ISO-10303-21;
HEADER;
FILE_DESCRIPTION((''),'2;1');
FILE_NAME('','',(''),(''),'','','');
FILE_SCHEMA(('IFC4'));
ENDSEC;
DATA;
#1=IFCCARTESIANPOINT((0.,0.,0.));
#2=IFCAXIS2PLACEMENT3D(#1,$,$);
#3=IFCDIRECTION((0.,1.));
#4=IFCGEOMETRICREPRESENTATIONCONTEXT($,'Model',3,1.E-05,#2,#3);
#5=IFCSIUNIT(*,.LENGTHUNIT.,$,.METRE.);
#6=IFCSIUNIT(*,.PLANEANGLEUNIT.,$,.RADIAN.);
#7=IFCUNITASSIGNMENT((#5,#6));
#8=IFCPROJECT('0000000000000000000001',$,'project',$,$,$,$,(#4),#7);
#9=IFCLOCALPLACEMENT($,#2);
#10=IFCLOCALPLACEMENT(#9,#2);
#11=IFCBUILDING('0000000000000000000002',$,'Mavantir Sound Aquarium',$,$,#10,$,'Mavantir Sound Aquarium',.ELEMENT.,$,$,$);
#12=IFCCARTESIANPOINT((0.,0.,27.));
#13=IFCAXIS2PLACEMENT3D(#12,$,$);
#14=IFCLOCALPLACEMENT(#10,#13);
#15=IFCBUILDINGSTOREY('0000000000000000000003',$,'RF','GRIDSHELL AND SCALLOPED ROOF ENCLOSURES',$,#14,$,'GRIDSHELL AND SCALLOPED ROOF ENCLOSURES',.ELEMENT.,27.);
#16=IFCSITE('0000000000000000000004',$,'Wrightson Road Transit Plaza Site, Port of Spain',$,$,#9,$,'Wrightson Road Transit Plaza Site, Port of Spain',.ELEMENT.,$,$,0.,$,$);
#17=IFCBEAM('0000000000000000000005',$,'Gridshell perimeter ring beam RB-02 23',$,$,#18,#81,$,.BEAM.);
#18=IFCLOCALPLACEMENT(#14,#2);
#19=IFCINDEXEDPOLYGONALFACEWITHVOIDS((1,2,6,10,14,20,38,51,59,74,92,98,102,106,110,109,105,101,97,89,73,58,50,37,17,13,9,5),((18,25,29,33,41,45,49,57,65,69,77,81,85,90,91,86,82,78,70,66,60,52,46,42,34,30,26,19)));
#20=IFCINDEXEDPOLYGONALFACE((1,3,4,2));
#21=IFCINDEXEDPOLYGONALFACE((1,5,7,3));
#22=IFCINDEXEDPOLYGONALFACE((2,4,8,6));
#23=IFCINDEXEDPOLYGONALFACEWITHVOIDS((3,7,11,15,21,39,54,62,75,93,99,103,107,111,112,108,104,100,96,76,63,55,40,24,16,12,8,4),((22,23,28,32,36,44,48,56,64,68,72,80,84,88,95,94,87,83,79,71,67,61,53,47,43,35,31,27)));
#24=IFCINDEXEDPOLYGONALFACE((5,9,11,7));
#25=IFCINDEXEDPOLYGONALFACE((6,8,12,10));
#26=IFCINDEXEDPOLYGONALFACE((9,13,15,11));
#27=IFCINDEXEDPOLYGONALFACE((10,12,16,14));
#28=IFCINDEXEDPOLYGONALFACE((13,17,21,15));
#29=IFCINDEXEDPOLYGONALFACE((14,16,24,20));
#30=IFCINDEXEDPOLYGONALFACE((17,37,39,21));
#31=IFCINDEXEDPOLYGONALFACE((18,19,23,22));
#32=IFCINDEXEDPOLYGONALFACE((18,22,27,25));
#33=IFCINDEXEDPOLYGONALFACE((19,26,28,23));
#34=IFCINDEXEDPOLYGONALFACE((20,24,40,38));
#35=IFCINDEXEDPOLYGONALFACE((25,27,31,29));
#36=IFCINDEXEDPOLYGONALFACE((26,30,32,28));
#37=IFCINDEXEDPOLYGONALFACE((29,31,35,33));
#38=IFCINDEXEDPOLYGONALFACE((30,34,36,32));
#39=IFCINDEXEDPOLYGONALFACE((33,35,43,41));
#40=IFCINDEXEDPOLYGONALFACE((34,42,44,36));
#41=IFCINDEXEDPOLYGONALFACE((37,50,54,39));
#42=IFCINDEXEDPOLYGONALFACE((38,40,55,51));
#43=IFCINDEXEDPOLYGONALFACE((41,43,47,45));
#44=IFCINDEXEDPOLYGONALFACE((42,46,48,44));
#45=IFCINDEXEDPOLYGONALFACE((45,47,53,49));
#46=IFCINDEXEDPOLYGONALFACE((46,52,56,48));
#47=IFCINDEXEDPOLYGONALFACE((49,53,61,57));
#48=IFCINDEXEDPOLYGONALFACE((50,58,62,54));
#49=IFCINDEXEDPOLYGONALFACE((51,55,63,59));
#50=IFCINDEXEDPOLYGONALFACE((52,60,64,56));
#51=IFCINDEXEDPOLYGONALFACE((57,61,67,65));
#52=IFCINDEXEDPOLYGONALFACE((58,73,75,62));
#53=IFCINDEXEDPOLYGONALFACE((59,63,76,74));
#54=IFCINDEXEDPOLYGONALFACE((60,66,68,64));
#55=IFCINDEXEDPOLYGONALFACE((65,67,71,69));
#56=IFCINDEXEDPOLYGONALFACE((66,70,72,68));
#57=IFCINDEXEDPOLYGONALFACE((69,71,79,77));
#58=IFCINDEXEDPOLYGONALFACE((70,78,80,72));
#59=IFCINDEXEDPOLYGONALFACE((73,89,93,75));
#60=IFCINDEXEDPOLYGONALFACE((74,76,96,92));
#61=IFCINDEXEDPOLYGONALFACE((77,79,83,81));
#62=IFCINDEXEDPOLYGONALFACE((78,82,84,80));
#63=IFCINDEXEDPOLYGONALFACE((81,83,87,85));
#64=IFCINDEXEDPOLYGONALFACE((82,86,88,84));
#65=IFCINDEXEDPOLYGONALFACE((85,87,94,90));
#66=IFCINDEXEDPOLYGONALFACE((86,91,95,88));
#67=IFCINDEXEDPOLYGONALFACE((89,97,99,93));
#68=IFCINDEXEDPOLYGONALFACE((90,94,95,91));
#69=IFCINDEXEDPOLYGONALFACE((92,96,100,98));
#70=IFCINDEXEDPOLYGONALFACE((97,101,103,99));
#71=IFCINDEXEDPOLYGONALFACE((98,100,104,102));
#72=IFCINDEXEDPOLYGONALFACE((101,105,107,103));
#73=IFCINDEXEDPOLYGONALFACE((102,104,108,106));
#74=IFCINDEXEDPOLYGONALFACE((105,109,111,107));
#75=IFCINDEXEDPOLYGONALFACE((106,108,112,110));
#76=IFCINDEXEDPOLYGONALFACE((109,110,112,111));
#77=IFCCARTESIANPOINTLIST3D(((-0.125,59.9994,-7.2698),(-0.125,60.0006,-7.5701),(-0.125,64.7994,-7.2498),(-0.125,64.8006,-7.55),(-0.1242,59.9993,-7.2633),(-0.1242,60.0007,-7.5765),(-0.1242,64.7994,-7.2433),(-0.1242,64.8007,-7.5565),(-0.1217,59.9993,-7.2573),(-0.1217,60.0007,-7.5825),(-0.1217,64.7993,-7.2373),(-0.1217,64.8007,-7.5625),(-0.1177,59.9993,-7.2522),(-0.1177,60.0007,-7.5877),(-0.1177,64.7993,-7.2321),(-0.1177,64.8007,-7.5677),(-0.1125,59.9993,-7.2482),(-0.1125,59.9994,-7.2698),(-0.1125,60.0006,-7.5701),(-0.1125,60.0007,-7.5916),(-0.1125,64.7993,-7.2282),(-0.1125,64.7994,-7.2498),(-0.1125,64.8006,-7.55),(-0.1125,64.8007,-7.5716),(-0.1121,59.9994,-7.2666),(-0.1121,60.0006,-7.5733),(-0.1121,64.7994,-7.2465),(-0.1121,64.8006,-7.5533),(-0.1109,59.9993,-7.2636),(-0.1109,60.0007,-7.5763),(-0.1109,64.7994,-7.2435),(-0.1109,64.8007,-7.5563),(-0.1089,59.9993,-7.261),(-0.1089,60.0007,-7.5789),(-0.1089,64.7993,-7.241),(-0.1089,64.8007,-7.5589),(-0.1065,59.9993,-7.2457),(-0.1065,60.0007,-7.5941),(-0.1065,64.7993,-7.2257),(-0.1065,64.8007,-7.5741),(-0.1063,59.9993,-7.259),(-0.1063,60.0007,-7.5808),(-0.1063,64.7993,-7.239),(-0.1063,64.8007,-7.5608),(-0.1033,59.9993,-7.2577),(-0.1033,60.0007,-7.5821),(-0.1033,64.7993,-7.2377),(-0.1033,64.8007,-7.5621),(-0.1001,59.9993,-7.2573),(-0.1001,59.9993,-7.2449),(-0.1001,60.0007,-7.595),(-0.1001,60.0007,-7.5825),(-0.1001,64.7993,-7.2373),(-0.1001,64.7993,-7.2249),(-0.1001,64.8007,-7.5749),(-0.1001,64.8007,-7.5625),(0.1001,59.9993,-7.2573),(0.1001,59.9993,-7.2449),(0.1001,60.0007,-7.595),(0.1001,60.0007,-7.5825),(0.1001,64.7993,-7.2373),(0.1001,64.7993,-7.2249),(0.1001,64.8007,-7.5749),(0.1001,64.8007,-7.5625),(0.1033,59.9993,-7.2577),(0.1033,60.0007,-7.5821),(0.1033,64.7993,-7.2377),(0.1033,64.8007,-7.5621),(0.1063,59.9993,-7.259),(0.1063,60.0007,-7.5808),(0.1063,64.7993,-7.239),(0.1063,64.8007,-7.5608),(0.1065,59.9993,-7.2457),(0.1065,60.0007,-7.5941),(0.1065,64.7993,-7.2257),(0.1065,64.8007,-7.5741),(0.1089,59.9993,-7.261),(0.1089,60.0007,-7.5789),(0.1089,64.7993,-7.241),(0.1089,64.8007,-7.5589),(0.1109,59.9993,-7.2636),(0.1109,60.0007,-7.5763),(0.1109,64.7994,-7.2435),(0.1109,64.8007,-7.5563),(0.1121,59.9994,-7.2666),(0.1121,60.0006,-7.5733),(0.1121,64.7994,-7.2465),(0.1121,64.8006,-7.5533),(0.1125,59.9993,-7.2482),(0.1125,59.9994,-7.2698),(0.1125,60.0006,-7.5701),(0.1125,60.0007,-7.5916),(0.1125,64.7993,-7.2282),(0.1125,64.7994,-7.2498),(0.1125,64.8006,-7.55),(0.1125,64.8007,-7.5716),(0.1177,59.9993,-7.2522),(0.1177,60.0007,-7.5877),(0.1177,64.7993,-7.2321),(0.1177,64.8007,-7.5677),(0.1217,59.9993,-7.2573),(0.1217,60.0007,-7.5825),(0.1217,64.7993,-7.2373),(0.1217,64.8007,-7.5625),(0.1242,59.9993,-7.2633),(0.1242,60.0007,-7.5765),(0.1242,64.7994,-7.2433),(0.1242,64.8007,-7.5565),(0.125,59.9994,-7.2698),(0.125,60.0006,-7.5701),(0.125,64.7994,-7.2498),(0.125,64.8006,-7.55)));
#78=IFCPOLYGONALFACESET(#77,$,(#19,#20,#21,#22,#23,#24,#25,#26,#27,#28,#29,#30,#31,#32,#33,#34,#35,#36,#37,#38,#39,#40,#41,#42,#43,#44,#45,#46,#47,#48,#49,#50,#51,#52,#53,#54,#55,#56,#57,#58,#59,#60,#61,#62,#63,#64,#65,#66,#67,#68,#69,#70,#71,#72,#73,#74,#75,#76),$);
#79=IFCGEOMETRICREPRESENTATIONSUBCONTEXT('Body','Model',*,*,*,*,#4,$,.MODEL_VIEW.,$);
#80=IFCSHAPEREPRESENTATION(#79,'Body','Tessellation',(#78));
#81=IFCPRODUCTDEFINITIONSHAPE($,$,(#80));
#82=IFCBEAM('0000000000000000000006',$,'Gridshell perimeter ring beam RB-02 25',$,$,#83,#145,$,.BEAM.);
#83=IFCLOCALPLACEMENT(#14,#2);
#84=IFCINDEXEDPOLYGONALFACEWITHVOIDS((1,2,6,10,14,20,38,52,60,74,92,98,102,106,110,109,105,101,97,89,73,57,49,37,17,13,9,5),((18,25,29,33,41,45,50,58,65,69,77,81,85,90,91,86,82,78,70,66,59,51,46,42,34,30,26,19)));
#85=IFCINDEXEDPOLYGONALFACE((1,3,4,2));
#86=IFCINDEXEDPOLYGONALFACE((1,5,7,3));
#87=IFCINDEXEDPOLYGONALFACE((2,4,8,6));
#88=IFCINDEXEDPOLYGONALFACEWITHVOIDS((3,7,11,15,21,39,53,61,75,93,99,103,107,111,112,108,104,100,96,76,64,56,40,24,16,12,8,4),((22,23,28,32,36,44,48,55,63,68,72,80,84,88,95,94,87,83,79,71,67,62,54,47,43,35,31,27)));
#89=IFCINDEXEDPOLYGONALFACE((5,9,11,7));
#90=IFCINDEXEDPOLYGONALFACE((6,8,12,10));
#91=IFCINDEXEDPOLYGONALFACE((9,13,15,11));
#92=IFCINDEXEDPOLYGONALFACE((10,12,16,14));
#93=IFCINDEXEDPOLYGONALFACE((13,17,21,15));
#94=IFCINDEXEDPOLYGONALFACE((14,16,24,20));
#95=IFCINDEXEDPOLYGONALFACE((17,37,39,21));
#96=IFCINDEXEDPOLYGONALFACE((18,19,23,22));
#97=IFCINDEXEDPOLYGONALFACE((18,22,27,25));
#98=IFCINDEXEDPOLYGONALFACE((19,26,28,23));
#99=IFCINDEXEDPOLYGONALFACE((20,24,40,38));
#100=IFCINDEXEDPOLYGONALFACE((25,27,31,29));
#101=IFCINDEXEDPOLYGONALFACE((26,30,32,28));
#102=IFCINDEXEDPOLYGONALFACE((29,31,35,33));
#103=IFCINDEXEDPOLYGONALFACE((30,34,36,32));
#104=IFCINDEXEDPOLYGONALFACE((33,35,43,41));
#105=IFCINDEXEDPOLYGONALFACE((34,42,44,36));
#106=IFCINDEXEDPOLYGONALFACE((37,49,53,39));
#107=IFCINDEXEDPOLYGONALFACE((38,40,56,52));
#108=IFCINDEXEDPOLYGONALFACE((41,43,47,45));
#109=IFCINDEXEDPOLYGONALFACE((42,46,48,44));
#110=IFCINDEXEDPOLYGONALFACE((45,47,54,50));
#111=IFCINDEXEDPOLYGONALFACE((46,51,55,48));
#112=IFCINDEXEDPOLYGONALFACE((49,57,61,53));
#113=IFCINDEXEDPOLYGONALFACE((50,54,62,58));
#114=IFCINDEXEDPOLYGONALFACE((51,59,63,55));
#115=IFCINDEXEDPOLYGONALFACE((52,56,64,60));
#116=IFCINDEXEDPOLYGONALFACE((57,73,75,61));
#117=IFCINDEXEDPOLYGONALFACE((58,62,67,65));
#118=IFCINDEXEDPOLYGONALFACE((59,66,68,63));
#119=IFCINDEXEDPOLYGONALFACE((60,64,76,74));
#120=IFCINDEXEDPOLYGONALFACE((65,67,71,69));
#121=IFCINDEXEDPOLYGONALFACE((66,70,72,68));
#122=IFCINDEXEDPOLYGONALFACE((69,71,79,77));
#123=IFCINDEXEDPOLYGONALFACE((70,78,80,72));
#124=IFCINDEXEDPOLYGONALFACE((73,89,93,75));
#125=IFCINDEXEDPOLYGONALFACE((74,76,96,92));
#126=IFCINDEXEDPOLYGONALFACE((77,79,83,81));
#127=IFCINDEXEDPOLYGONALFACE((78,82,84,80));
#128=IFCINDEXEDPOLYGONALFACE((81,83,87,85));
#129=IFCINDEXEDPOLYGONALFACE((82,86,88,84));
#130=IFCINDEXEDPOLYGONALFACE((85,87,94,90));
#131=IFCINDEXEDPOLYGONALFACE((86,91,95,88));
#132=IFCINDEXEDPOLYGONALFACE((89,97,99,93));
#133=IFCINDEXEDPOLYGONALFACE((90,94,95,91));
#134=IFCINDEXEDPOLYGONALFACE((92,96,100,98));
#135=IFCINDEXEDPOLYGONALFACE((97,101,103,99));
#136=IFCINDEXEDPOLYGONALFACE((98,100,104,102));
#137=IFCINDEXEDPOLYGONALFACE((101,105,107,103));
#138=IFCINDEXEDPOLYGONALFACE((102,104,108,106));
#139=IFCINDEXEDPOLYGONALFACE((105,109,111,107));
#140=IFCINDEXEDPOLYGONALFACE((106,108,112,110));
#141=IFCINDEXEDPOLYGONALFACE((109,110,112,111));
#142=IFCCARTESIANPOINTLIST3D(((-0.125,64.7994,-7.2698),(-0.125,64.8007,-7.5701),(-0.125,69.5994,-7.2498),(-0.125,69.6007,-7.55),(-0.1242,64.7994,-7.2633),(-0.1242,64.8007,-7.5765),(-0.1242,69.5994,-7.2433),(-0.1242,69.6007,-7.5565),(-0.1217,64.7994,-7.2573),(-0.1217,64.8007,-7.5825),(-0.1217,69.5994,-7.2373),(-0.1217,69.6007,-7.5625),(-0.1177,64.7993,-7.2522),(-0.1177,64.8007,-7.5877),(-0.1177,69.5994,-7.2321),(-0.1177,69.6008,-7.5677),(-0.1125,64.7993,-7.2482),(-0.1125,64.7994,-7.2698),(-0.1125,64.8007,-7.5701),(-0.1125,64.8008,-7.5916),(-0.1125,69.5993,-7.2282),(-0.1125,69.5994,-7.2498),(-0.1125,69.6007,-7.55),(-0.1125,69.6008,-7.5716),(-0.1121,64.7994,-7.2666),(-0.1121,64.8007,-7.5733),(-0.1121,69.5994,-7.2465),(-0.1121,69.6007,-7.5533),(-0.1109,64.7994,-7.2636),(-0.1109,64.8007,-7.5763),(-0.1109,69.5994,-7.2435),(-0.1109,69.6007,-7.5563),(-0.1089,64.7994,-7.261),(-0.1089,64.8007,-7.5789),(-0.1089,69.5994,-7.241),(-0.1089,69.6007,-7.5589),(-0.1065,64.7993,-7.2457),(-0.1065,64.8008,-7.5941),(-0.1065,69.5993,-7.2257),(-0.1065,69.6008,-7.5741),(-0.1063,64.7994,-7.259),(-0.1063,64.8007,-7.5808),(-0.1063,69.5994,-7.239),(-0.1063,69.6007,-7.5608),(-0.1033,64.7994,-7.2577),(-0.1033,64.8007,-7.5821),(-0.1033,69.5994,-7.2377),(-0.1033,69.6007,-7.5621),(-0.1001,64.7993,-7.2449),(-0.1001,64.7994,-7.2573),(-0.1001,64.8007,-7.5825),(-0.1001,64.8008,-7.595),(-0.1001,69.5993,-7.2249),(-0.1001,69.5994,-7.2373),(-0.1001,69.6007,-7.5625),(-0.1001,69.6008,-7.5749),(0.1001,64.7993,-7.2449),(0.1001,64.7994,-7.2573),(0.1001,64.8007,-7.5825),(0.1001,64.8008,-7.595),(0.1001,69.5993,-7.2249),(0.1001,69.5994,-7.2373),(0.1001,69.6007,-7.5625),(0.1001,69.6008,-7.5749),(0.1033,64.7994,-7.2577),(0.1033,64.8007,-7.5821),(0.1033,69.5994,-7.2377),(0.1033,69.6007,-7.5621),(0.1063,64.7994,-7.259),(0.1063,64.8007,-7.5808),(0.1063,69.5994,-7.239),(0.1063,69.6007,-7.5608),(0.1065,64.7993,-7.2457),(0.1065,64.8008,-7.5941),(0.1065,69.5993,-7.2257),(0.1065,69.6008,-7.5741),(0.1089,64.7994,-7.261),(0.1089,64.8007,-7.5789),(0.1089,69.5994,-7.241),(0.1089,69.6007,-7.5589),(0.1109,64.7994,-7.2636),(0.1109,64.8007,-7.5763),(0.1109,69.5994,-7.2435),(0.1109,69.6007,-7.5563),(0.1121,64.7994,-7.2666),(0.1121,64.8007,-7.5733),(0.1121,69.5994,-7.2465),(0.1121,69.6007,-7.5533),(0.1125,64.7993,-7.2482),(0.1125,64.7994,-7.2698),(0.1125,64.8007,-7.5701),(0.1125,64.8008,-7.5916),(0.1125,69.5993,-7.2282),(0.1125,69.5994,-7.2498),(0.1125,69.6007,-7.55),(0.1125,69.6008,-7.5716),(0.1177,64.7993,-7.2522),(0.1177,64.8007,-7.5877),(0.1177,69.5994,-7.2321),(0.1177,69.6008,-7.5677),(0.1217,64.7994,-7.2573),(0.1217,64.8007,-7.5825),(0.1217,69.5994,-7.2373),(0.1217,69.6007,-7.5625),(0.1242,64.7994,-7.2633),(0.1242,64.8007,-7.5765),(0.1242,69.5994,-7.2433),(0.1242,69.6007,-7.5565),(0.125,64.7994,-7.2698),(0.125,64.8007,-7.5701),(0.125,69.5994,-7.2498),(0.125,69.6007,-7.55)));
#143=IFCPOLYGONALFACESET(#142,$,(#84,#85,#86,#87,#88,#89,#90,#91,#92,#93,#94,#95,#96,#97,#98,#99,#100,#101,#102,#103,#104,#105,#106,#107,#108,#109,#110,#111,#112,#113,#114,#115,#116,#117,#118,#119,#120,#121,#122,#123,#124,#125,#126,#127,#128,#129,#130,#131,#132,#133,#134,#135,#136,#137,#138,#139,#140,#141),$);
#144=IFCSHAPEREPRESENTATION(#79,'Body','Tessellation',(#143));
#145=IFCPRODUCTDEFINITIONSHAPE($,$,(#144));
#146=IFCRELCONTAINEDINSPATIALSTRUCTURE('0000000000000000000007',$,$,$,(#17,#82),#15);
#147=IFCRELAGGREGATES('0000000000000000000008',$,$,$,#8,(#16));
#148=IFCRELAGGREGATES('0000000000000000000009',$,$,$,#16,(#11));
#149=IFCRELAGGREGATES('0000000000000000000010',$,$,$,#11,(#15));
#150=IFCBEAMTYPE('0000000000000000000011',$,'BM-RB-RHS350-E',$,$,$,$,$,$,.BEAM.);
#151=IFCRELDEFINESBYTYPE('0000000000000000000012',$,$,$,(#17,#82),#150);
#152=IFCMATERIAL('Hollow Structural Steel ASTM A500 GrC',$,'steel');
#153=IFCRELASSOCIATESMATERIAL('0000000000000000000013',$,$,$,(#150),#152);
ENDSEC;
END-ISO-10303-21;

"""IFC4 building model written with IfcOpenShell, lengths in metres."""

from ifc_helpers import new_model, si_unit, direction, frame, origin, origin_2d, place, context, subcontext, project, spatial, hollow_rectangle, extrude, material, material_profile, profile_set, type_object, element, save


model = new_model("IFC4")

# Units and contexts
model_context = context("Model", 3, precision=1e-05, world=origin(), true_north=direction((0.0, 1.0)))
body_context = subcontext(model_context, "Body", "Model", "MODEL_VIEW")
ifc_project = project(units=[si_unit("LENGTHUNIT", "METRE"), si_unit("PLANEANGLEUNIT", "RADIAN")], contexts=[model_context])

# Site, building, storey
site_placement = place(None, origin())
site = spatial("IfcSite", under=ifc_project, at=site_placement, Name="Wrightson Road Transit Plaza Site, Port of Spain", LongName="Wrightson Road Transit Plaza Site, Port of Spain", CompositionType="ELEMENT", RefElevation=0.0)
building_placement = place(site_placement, origin())
building = spatial("IfcBuilding", under=site, at=building_placement, Name="Mavantir Sound Aquarium", LongName="Mavantir Sound Aquarium", CompositionType="ELEMENT")
storey_placement = place(building_placement, frame((0.0, 0.0, 27.0)))
storey = spatial("IfcBuildingStorey", under=building, at=storey_placement, Name="RF", Description="GRIDSHELL AND SCALLOPED ROOF ENCLOSURES", LongName="GRIDSHELL AND SCALLOPED ROOF ENCLOSURES", CompositionType="ELEMENT", Elevation=27.0)

# Beams
ifc_material_1 = material(Name="Hollow Structural Steel ASTM A500 GrC", Category="steel")
ifc_material_profile_1 = material_profile(ifc_material_1, hollow_rectangle(XDim=0.25, YDim=0.3501, WallThickness=0.0125, InnerFilletRadius=0.0125, OuterFilletRadius=0.0249, at=origin_2d()), Name="RHS 350X250X12.5")
ifc_profile_set_1 = profile_set([ifc_material_profile_1], Name="Hollow Structural Steel ASTM A500 GrC")
beam_type = type_object("IfcBeamType", Name="BM-RB-RHS350-E", PredefinedType="BEAM", material=ifc_profile_set_1)
for number, where, z_axis, x_axis, name in (
    (1, (0.0, 60.0, -7.4199), (0.0, 0.999991, 0.004171), (-1.0, 0.0, 0.0), "Gridshell perimeter ring beam RB-02 23"),
    (2, (0.0, 64.8, -7.4199), (0.0, 0.999991, 0.004171), (-1.0, 0.0, 0.0), "Gridshell perimeter ring beam RB-02 25"),
):
    element("IfcBeam", number, at=place(storey_placement, frame(where, z_axis=z_axis, x_axis=x_axis)), inside=storey, type_object=beam_type, Name=name, PredefinedType="BEAM", context=body_context, shape_type="SweptSolid", body=[
        extrude(hollow_rectangle(XDim=0.25, YDim=0.3501, WallThickness=0.0125, InnerFilletRadius=0.0125, OuterFilletRadius=0.0249, at=origin_2d()), origin(), (0.0, 0.0, 1.0), 4.8),
    ])

save(model, "model.ifc")
